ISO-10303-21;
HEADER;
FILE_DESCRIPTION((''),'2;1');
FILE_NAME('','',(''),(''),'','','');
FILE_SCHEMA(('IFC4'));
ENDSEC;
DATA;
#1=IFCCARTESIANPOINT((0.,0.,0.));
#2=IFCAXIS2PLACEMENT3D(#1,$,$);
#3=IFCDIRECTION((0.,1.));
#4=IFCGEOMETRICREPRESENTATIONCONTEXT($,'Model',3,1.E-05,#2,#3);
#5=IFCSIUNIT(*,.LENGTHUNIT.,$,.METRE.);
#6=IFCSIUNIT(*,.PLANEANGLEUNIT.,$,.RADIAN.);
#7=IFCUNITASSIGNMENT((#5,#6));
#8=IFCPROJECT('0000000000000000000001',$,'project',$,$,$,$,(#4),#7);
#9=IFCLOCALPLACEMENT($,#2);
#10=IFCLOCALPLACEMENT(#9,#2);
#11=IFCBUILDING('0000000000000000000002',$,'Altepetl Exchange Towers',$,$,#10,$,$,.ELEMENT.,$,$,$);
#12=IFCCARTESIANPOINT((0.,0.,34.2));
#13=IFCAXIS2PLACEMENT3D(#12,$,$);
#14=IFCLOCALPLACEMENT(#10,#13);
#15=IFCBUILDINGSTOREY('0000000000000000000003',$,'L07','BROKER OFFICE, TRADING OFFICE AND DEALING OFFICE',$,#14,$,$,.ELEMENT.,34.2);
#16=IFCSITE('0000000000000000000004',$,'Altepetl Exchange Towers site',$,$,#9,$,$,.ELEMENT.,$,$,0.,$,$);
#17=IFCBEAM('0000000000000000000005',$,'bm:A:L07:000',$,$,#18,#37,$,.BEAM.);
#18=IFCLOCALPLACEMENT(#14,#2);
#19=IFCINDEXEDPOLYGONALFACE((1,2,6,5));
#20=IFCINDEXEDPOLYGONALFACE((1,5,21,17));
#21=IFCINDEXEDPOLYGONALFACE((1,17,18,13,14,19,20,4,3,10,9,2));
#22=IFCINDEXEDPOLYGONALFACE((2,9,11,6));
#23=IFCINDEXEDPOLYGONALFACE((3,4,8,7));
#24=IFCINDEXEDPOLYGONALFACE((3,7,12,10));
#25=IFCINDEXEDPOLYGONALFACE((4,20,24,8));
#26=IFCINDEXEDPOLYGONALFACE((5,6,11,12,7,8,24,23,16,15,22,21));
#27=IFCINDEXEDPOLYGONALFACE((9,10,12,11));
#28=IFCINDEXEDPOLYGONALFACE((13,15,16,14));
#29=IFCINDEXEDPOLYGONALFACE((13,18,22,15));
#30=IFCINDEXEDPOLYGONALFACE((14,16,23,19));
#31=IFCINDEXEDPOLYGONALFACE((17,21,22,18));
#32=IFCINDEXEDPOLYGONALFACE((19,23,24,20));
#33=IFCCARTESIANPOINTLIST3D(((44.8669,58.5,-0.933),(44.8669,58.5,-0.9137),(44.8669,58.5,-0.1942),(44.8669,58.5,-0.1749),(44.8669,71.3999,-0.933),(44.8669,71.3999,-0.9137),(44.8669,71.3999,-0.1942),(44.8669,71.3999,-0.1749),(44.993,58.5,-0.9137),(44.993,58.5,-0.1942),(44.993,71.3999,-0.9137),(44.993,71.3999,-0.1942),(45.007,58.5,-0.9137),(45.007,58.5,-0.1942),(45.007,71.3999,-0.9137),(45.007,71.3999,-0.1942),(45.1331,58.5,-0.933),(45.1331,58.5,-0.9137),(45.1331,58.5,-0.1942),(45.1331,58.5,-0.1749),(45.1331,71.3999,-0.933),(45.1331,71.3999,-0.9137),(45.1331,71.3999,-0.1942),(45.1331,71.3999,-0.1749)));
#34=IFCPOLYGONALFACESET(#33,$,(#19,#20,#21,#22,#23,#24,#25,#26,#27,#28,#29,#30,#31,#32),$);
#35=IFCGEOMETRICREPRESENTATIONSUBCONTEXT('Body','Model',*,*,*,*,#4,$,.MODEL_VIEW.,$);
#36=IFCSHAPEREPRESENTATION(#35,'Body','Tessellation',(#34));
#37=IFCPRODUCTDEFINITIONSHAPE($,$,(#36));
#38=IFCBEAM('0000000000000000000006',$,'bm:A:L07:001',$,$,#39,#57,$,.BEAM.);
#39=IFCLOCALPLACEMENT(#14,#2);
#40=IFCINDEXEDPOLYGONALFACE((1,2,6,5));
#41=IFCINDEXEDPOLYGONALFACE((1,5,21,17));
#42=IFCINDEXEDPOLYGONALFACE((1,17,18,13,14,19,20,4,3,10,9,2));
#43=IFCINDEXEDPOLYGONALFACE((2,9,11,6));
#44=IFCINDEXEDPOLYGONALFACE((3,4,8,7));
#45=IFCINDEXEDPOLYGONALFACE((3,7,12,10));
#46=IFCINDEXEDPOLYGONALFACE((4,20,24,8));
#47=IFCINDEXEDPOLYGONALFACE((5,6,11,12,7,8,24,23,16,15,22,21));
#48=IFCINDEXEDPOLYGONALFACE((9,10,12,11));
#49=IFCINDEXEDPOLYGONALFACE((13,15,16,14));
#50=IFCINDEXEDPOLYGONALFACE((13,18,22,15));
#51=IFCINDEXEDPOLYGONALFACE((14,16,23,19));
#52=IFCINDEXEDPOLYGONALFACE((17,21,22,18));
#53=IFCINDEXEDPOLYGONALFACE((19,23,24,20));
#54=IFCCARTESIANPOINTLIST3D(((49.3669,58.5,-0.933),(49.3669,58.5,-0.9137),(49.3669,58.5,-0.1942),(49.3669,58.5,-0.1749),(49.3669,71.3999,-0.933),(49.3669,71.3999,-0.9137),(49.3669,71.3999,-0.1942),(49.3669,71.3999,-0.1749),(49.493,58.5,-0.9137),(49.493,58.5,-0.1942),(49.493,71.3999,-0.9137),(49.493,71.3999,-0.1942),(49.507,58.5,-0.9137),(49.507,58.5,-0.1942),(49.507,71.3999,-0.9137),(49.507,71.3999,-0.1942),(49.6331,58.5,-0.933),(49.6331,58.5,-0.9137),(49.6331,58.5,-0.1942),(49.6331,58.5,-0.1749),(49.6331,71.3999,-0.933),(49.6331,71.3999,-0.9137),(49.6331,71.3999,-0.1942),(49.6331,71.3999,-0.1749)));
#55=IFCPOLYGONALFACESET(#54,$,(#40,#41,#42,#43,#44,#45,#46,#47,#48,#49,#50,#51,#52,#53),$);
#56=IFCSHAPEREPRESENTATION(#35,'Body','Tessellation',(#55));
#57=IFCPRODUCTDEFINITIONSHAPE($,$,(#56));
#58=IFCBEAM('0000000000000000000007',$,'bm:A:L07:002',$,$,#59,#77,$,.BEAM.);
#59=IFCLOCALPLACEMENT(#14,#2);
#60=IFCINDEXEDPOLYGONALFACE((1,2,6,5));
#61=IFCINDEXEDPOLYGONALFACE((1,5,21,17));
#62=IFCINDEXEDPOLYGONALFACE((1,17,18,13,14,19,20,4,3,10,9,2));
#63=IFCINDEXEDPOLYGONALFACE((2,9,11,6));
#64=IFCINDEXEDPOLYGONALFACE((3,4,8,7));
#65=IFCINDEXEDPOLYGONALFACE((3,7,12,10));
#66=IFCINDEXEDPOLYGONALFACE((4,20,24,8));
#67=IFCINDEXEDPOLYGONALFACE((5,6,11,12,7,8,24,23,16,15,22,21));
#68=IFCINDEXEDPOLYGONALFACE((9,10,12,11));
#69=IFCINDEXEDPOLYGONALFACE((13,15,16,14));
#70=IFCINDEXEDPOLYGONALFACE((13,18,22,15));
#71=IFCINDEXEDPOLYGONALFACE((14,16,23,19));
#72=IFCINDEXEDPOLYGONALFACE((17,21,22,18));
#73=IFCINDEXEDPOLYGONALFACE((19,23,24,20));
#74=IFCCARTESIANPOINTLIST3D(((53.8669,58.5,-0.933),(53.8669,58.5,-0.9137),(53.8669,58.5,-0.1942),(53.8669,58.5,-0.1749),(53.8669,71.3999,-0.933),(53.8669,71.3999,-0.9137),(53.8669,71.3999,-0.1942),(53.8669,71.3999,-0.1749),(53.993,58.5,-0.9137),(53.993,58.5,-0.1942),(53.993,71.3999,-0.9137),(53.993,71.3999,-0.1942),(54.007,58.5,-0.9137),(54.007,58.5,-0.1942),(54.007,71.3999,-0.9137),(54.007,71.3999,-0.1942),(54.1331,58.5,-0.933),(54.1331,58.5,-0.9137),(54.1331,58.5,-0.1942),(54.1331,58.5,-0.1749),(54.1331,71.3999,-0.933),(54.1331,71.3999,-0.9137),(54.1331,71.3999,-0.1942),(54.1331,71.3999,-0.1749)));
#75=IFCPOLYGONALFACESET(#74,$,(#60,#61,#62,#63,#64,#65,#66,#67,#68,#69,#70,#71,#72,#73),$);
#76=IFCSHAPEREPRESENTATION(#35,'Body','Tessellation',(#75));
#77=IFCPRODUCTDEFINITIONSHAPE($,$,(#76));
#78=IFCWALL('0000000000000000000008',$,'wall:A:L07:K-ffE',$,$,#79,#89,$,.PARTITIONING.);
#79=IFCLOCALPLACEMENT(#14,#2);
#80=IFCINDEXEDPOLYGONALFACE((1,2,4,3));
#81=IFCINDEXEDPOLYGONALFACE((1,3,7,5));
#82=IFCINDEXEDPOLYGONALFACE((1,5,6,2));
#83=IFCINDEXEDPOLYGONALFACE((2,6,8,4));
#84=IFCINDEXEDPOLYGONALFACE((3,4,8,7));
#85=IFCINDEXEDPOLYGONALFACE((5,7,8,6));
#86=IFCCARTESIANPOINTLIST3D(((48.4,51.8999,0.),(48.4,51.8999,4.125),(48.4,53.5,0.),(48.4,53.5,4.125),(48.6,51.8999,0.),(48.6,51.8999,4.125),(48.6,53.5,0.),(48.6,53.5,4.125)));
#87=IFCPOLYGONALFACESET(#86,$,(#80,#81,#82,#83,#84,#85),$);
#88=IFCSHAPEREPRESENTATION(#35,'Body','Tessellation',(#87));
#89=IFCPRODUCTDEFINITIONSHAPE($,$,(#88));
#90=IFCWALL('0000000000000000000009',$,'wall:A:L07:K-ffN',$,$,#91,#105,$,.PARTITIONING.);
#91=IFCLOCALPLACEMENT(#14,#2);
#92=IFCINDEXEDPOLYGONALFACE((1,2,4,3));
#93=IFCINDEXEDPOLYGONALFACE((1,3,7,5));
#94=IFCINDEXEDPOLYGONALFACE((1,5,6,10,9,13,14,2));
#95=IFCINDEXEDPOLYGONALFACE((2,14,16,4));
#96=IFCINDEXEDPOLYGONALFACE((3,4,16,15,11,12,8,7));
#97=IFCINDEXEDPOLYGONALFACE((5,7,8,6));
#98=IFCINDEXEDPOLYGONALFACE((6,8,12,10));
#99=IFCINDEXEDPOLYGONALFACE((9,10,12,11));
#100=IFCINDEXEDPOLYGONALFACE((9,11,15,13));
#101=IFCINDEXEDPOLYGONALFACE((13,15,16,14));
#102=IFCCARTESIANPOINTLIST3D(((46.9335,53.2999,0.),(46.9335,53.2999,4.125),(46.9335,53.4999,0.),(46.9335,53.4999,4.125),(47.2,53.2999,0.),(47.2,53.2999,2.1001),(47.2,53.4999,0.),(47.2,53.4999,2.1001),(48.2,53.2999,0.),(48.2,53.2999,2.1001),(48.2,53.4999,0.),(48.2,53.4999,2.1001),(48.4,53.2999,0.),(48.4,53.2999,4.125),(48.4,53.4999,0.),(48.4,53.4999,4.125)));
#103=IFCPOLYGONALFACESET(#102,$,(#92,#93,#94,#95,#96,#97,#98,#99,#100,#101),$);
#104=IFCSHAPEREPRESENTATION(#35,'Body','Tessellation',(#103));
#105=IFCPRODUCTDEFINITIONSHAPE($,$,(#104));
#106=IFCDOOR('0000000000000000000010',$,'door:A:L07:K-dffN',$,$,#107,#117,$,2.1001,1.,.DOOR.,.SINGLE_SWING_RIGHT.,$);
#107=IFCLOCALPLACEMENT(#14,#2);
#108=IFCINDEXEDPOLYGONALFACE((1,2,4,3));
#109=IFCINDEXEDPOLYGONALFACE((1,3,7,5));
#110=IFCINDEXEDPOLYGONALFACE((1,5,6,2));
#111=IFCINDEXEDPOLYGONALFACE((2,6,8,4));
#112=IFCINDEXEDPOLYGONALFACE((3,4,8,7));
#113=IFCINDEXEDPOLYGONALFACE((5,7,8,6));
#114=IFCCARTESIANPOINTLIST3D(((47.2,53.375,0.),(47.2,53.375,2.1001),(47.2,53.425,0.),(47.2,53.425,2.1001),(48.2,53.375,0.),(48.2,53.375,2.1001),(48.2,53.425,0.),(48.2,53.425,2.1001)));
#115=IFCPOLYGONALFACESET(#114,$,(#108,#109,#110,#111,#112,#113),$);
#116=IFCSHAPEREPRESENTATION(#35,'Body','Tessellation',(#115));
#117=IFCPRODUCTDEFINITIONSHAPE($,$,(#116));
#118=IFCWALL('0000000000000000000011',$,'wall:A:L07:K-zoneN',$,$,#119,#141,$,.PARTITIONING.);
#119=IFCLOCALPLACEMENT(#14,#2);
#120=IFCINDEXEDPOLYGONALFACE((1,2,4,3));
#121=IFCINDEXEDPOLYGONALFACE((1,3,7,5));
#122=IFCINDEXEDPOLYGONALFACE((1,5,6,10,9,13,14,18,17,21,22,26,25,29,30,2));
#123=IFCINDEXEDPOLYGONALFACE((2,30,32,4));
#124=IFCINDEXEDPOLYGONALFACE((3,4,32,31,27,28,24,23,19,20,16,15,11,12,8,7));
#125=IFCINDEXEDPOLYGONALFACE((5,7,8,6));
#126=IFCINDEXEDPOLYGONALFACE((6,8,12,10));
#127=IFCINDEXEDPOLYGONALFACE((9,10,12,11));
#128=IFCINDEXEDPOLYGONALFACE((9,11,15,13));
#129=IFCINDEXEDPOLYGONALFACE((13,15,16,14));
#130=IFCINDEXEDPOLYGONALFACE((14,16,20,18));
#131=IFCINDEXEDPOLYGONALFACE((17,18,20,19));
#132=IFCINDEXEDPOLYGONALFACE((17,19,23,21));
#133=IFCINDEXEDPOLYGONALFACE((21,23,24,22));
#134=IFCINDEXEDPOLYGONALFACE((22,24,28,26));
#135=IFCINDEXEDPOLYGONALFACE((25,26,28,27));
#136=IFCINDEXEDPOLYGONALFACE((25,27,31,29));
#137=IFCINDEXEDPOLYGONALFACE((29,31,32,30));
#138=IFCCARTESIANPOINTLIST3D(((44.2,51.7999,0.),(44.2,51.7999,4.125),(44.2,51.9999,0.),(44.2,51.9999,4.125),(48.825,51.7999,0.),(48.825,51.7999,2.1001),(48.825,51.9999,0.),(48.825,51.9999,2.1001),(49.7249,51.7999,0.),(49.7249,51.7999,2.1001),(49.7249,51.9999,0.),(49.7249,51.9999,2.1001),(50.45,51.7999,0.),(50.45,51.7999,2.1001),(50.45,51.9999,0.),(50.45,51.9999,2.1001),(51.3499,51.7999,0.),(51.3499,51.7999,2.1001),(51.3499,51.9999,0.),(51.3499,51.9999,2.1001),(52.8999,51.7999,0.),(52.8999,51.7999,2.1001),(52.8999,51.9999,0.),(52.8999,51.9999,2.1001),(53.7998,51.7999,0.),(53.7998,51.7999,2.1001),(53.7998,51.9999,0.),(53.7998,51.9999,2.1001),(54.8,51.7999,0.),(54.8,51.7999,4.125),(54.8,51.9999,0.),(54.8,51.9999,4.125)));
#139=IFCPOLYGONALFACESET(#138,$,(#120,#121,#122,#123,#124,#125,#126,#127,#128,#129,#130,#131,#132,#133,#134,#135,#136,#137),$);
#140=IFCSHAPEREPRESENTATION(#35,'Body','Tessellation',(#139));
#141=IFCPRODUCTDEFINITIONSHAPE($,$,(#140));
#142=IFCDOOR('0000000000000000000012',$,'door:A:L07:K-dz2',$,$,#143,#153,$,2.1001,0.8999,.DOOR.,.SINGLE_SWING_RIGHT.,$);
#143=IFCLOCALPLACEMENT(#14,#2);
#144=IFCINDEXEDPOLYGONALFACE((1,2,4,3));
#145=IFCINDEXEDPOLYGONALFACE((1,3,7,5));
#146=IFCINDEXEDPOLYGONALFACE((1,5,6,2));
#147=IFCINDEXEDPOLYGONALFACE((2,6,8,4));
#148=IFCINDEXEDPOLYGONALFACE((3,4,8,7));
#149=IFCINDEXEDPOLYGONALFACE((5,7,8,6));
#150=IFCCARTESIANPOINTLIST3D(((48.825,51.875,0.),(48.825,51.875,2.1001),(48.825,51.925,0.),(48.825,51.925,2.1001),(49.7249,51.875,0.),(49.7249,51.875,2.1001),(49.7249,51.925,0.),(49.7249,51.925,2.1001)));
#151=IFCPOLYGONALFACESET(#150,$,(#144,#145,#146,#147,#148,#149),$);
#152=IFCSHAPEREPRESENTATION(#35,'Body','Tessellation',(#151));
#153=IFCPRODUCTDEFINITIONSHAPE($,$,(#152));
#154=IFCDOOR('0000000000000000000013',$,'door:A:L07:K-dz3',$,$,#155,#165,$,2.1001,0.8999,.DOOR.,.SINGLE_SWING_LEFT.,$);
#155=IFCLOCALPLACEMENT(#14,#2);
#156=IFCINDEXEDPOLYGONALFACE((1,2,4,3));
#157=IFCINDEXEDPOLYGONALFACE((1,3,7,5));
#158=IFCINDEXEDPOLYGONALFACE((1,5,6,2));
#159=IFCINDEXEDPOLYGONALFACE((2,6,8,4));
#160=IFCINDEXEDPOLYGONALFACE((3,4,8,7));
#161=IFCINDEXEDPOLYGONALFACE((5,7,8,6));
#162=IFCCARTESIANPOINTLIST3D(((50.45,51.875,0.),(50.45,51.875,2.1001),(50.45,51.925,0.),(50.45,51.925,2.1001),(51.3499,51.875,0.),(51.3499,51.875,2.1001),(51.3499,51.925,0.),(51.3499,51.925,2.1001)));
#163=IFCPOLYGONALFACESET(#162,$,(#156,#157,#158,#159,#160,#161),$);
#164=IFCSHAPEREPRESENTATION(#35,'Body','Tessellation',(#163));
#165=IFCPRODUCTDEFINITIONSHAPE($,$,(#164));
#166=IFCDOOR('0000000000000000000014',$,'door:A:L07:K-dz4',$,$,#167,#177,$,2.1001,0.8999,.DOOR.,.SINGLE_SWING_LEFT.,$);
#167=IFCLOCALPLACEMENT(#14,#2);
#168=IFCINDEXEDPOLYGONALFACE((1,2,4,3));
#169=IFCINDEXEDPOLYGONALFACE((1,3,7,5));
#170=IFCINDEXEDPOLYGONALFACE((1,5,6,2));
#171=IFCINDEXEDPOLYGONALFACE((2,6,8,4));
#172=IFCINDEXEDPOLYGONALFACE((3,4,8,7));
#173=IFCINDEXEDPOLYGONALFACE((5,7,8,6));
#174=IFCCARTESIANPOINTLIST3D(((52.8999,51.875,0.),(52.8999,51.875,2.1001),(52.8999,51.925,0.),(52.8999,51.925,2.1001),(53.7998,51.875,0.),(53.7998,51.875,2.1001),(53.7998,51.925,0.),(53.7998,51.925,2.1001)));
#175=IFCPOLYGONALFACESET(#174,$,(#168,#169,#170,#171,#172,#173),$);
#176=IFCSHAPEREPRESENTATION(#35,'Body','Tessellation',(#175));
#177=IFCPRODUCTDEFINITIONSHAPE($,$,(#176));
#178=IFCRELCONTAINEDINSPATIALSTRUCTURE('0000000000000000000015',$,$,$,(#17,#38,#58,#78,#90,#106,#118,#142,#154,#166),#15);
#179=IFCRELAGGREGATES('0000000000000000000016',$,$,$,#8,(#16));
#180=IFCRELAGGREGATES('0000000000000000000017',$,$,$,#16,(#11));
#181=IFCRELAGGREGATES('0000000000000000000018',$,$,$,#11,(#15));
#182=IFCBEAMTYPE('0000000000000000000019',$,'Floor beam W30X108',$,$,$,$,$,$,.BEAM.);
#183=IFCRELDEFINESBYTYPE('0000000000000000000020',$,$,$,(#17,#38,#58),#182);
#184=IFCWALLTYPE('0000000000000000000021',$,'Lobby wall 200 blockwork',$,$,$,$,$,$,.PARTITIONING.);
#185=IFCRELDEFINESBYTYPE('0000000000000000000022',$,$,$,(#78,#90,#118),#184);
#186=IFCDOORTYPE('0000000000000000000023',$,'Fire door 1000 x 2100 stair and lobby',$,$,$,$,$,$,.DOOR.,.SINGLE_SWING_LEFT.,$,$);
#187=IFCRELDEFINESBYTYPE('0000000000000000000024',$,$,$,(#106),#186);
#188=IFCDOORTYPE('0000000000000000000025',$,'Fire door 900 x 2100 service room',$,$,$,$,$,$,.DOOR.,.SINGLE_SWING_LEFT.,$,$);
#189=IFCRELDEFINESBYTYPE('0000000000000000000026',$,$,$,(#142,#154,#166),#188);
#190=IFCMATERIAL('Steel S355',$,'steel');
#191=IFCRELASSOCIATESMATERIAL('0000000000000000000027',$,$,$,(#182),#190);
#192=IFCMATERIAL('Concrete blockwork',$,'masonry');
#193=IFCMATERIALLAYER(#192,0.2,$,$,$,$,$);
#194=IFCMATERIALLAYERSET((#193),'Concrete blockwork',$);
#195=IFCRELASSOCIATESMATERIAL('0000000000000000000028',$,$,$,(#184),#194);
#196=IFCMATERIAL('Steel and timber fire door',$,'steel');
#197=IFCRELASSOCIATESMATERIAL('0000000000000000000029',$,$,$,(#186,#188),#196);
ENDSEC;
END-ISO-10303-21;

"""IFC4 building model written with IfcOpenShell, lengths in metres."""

from ifc_helpers import new_model, si_unit, direction, frame, frame_2d, origin, origin_2d, place, context, subcontext, project, spatial, rectangle, i_section, extrude, material, layer, layer_set, material_profile, profile_set, type_object, element, fill, save


model = new_model("IFC4")

# Units and contexts
model_context = context("Model", 3, precision=1e-05, world=origin(), true_north=direction((0.0, 1.0)))
body_context = subcontext(model_context, "Body", "Model", "MODEL_VIEW")
ifc_project = project(units=[si_unit("LENGTHUNIT", "METRE"), si_unit("PLANEANGLEUNIT", "RADIAN")], contexts=[model_context])

# Site, building, storey
site_placement = place(None, origin())
site = spatial("IfcSite", under=ifc_project, at=site_placement, Name="Altepetl Exchange Towers site", CompositionType="ELEMENT", RefElevation=0.0)
building_placement = place(site_placement, origin())
building = spatial("IfcBuilding", under=site, at=building_placement, Name="Altepetl Exchange Towers", CompositionType="ELEMENT")
storey_placement = place(building_placement, frame((0.0, 0.0, 34.2)))
storey = spatial("IfcBuildingStorey", under=building, at=storey_placement, Name="L07", Description="BROKER OFFICE, TRADING OFFICE AND DEALING OFFICE", CompositionType="ELEMENT", Elevation=34.2)

# Beams
ifc_material_1 = material(Name="Steel S355", Category="steel")
ifc_material_profile = material_profile(ifc_material_1, i_section(OverallWidth=0.2661, OverallDepth=0.7581, WebThickness=0.0139, FlangeThickness=0.0193, at=origin_2d()), Name="W30X108")
ifc_profile_set = profile_set([ifc_material_profile], Name="Steel S355")
beam_type = type_object("IfcBeamType", Name="Floor beam W30X108", PredefinedType="BEAM", material=ifc_profile_set)
for number, where, z_axis, x_axis, name in (
    (1, (45.0, 58.5, -0.554), (0.0, 1.0, 0.0), (-1.0, 0.0, 0.0), "bm:A:L07:000"),
    (2, (49.5, 58.5, -0.554), (0.0, 1.0, 0.0), (-1.0, 0.0, 0.0), "bm:A:L07:001"),
    (3, (54.0, 58.5, -0.554), (0.0, 1.0, 0.0), (-1.0, 0.0, 0.0), "bm:A:L07:002"),
):
    element("IfcBeam", number, at=place(storey_placement, frame(where, z_axis=z_axis, x_axis=x_axis)), inside=storey, type_object=beam_type, Name=name, PredefinedType="BEAM", context=body_context, shape_type="SweptSolid", body=[
        extrude(i_section(OverallWidth=0.2661, OverallDepth=0.7581, WebThickness=0.0139, FlangeThickness=0.0193, at=origin_2d()), origin(), (0.0, 0.0, 1.0), 12.8999),
    ])

# Wall
ifc_material_2 = material(Name="Concrete blockwork", Category="masonry")
ifc_layer_1 = layer(ifc_material_2, 0.2)
ifc_layer_set_1 = layer_set([ifc_layer_1], Name="Concrete blockwork")
wall_type_1 = type_object("IfcWallType", Name="Lobby wall 200 blockwork", PredefinedType="PARTITIONING", material=ifc_layer_set_1)
wall_1_placement = place(storey_placement, frame((48.5, 51.8999, 0.0), z_axis=(0.0, 0.0, 1.0), x_axis=(0.0, 1.0, 0.0)))
element("IfcWall", 4, at=wall_1_placement, inside=storey, type_object=wall_type_1, Name="wall:A:L07:K-ffE", PredefinedType="PARTITIONING", context=body_context, shape_type="SweptSolid", body=[
    extrude(rectangle(XDim=1.6001, YDim=0.2, at=frame_2d((0.8, 0.0))), origin(), (0.0, 0.0, 1.0), 4.125),
])

# Wall, opening, door
wall_2_placement = place(storey_placement, frame((46.9333, 53.3999, 0.0)))
wall_2 = element("IfcWall", 5, at=wall_2_placement, inside=storey, type_object=wall_type_1, Name="wall:A:L07:K-ffN", PredefinedType="PARTITIONING", context=body_context, shape_type="SweptSolid", body=[
    extrude(rectangle(XDim=1.4666, YDim=0.2, at=frame_2d((0.7334, 0.0))), origin(), (0.0, 0.0, 1.0), 4.125),
])
opening_1_placement = place(wall_2_placement, frame((0.2666, 0.0, 0.0)))
opening_1 = element("IfcOpeningElement", 6, at=opening_1_placement, cuts=wall_2, PredefinedType="OPENING", context=body_context, shape_type="SweptSolid", body=[
    extrude(rectangle(XDim=1.0, YDim=2.1001, at=frame_2d((0.5, 1.05))), frame((0.0, 0.1099, 0.0), z_axis=(0.0, -1.0, 0.0), x_axis=(1.0, 0.0, 0.0)), (0.0, 0.0, 1.0), 0.22),
])
ifc_material_3 = material(Name="Steel and timber fire door", Category="steel")
door_type_1 = type_object("IfcDoorType", Name="Fire door 1000 x 2100 stair and lobby", OperationType="SINGLE_SWING_LEFT", PredefinedType="DOOR", material=ifc_material_3)
door_1_placement = place(opening_1_placement, frame((1.0, 0.0, 0.0), x_axis=(-1.0, 0.0, 0.0)))
door_1 = element("IfcDoor", 7, at=door_1_placement, inside=storey, type_object=door_type_1, Name="door:A:L07:K-dffN", OperationType="SINGLE_SWING_RIGHT", OverallHeight=2.1001, OverallWidth=1.0, PredefinedType="DOOR", context=body_context, shape_type="SweptSolid", body=[
    extrude(rectangle(XDim=1.0, YDim=2.1001, at=frame_2d((0.5, 1.05))), frame((0.0, 0.0249, 0.0), z_axis=(0.0, -1.0, 0.0), x_axis=(1.0, 0.0, 0.0)), (0.0, 0.0, 1.0), 0.05),
])
fill(opening_1, door_1)

# Wall, openings, doors
wall_3_placement = place(storey_placement, frame((44.2, 51.8999, 0.0)))
wall_3 = element("IfcWall", 8, at=wall_3_placement, inside=storey, type_object=wall_type_1, Name="wall:A:L07:K-zoneN", PredefinedType="PARTITIONING", context=body_context, shape_type="SweptSolid", body=[
    extrude(rectangle(XDim=10.6001, YDim=0.2, at=frame_2d((5.3, 0.0))), origin(), (0.0, 0.0, 1.0), 4.125),
])
opening_2_placement = place(wall_3_placement, frame((4.625, 0.0, 0.0)))
opening_2 = element("IfcOpeningElement", 9, at=opening_2_placement, cuts=wall_3, PredefinedType="OPENING", context=body_context, shape_type="SweptSolid", body=[
    extrude(rectangle(XDim=0.8999, YDim=2.1001, at=frame_2d((0.45, 1.05))), frame((0.0, 0.1099, 0.0), z_axis=(0.0, -1.0, 0.0), x_axis=(1.0, 0.0, 0.0)), (0.0, 0.0, 1.0), 0.22),
])
opening_3_placement = place(wall_3_placement, frame((6.25, 0.0, 0.0)))
opening_3 = element("IfcOpeningElement", 10, at=opening_3_placement, cuts=wall_3, PredefinedType="OPENING", context=body_context, shape_type="SweptSolid", body=[
    extrude(rectangle(XDim=0.8999, YDim=2.1001, at=frame_2d((0.45, 1.05))), frame((0.0, 0.1099, 0.0), z_axis=(0.0, -1.0, 0.0), x_axis=(1.0, 0.0, 0.0)), (0.0, 0.0, 1.0), 0.22),
])
opening_4_placement = place(wall_3_placement, frame((8.7, 0.0, 0.0)))
opening_4 = element("IfcOpeningElement", 11, at=opening_4_placement, cuts=wall_3, PredefinedType="OPENING", context=body_context, shape_type="SweptSolid", body=[
    extrude(rectangle(XDim=0.8999, YDim=2.1001, at=frame_2d((0.45, 1.05))), frame((0.0, 0.1099, 0.0), z_axis=(0.0, -1.0, 0.0), x_axis=(1.0, 0.0, 0.0)), (0.0, 0.0, 1.0), 0.22),
])
door_type_2 = type_object("IfcDoorType", Name="Fire door 900 x 2100 service room", OperationType="SINGLE_SWING_LEFT", PredefinedType="DOOR", material=ifc_material_3)
door_2_placement = place(opening_2_placement, frame((0.8999, 0.0, 0.0), x_axis=(-1.0, 0.0, 0.0)))
door_2 = element("IfcDoor", 12, at=door_2_placement, inside=storey, type_object=door_type_2, Name="door:A:L07:K-dz2", OperationType="SINGLE_SWING_RIGHT", OverallHeight=2.1001, OverallWidth=0.8999, PredefinedType="DOOR", context=body_context, shape_type="SweptSolid", body=[
    extrude(rectangle(XDim=0.8999, YDim=2.1001, at=frame_2d((0.45, 1.05))), frame((0.0, 0.0249, 0.0), z_axis=(0.0, -1.0, 0.0), x_axis=(1.0, 0.0, 0.0)), (0.0, 0.0, 1.0), 0.05),
])
fill(opening_2, door_2)
door_3_placement = place(opening_3_placement, frame((0.8999, 0.0, 0.0), x_axis=(-1.0, 0.0, 0.0)))
door_3 = element("IfcDoor", 13, at=door_3_placement, inside=storey, type_object=door_type_2, Name="door:A:L07:K-dz3", OperationType="SINGLE_SWING_LEFT", OverallHeight=2.1001, OverallWidth=0.8999, PredefinedType="DOOR", context=body_context, shape_type="SweptSolid", body=[
    extrude(rectangle(XDim=0.8999, YDim=2.1001, at=frame_2d((0.45, 1.05))), frame((0.0, 0.0249, 0.0), z_axis=(0.0, -1.0, 0.0), x_axis=(1.0, 0.0, 0.0)), (0.0, 0.0, 1.0), 0.05),
])
fill(opening_3, door_3)
door_4_placement = place(opening_4_placement, frame((0.8999, 0.0, 0.0), x_axis=(-1.0, 0.0, 0.0)))
door_4 = element("IfcDoor", 14, at=door_4_placement, inside=storey, type_object=door_type_2, Name="door:A:L07:K-dz4", OperationType="SINGLE_SWING_LEFT", OverallHeight=2.1001, OverallWidth=0.8999, PredefinedType="DOOR", context=body_context, shape_type="SweptSolid", body=[
    extrude(rectangle(XDim=0.8999, YDim=2.1001, at=frame_2d((0.45, 1.05))), frame((0.0, 0.0249, 0.0), z_axis=(0.0, -1.0, 0.0), x_axis=(1.0, 0.0, 0.0)), (0.0, 0.0, 1.0), 0.05),
])
fill(opening_4, door_4)

save(model, "model.ifc")
